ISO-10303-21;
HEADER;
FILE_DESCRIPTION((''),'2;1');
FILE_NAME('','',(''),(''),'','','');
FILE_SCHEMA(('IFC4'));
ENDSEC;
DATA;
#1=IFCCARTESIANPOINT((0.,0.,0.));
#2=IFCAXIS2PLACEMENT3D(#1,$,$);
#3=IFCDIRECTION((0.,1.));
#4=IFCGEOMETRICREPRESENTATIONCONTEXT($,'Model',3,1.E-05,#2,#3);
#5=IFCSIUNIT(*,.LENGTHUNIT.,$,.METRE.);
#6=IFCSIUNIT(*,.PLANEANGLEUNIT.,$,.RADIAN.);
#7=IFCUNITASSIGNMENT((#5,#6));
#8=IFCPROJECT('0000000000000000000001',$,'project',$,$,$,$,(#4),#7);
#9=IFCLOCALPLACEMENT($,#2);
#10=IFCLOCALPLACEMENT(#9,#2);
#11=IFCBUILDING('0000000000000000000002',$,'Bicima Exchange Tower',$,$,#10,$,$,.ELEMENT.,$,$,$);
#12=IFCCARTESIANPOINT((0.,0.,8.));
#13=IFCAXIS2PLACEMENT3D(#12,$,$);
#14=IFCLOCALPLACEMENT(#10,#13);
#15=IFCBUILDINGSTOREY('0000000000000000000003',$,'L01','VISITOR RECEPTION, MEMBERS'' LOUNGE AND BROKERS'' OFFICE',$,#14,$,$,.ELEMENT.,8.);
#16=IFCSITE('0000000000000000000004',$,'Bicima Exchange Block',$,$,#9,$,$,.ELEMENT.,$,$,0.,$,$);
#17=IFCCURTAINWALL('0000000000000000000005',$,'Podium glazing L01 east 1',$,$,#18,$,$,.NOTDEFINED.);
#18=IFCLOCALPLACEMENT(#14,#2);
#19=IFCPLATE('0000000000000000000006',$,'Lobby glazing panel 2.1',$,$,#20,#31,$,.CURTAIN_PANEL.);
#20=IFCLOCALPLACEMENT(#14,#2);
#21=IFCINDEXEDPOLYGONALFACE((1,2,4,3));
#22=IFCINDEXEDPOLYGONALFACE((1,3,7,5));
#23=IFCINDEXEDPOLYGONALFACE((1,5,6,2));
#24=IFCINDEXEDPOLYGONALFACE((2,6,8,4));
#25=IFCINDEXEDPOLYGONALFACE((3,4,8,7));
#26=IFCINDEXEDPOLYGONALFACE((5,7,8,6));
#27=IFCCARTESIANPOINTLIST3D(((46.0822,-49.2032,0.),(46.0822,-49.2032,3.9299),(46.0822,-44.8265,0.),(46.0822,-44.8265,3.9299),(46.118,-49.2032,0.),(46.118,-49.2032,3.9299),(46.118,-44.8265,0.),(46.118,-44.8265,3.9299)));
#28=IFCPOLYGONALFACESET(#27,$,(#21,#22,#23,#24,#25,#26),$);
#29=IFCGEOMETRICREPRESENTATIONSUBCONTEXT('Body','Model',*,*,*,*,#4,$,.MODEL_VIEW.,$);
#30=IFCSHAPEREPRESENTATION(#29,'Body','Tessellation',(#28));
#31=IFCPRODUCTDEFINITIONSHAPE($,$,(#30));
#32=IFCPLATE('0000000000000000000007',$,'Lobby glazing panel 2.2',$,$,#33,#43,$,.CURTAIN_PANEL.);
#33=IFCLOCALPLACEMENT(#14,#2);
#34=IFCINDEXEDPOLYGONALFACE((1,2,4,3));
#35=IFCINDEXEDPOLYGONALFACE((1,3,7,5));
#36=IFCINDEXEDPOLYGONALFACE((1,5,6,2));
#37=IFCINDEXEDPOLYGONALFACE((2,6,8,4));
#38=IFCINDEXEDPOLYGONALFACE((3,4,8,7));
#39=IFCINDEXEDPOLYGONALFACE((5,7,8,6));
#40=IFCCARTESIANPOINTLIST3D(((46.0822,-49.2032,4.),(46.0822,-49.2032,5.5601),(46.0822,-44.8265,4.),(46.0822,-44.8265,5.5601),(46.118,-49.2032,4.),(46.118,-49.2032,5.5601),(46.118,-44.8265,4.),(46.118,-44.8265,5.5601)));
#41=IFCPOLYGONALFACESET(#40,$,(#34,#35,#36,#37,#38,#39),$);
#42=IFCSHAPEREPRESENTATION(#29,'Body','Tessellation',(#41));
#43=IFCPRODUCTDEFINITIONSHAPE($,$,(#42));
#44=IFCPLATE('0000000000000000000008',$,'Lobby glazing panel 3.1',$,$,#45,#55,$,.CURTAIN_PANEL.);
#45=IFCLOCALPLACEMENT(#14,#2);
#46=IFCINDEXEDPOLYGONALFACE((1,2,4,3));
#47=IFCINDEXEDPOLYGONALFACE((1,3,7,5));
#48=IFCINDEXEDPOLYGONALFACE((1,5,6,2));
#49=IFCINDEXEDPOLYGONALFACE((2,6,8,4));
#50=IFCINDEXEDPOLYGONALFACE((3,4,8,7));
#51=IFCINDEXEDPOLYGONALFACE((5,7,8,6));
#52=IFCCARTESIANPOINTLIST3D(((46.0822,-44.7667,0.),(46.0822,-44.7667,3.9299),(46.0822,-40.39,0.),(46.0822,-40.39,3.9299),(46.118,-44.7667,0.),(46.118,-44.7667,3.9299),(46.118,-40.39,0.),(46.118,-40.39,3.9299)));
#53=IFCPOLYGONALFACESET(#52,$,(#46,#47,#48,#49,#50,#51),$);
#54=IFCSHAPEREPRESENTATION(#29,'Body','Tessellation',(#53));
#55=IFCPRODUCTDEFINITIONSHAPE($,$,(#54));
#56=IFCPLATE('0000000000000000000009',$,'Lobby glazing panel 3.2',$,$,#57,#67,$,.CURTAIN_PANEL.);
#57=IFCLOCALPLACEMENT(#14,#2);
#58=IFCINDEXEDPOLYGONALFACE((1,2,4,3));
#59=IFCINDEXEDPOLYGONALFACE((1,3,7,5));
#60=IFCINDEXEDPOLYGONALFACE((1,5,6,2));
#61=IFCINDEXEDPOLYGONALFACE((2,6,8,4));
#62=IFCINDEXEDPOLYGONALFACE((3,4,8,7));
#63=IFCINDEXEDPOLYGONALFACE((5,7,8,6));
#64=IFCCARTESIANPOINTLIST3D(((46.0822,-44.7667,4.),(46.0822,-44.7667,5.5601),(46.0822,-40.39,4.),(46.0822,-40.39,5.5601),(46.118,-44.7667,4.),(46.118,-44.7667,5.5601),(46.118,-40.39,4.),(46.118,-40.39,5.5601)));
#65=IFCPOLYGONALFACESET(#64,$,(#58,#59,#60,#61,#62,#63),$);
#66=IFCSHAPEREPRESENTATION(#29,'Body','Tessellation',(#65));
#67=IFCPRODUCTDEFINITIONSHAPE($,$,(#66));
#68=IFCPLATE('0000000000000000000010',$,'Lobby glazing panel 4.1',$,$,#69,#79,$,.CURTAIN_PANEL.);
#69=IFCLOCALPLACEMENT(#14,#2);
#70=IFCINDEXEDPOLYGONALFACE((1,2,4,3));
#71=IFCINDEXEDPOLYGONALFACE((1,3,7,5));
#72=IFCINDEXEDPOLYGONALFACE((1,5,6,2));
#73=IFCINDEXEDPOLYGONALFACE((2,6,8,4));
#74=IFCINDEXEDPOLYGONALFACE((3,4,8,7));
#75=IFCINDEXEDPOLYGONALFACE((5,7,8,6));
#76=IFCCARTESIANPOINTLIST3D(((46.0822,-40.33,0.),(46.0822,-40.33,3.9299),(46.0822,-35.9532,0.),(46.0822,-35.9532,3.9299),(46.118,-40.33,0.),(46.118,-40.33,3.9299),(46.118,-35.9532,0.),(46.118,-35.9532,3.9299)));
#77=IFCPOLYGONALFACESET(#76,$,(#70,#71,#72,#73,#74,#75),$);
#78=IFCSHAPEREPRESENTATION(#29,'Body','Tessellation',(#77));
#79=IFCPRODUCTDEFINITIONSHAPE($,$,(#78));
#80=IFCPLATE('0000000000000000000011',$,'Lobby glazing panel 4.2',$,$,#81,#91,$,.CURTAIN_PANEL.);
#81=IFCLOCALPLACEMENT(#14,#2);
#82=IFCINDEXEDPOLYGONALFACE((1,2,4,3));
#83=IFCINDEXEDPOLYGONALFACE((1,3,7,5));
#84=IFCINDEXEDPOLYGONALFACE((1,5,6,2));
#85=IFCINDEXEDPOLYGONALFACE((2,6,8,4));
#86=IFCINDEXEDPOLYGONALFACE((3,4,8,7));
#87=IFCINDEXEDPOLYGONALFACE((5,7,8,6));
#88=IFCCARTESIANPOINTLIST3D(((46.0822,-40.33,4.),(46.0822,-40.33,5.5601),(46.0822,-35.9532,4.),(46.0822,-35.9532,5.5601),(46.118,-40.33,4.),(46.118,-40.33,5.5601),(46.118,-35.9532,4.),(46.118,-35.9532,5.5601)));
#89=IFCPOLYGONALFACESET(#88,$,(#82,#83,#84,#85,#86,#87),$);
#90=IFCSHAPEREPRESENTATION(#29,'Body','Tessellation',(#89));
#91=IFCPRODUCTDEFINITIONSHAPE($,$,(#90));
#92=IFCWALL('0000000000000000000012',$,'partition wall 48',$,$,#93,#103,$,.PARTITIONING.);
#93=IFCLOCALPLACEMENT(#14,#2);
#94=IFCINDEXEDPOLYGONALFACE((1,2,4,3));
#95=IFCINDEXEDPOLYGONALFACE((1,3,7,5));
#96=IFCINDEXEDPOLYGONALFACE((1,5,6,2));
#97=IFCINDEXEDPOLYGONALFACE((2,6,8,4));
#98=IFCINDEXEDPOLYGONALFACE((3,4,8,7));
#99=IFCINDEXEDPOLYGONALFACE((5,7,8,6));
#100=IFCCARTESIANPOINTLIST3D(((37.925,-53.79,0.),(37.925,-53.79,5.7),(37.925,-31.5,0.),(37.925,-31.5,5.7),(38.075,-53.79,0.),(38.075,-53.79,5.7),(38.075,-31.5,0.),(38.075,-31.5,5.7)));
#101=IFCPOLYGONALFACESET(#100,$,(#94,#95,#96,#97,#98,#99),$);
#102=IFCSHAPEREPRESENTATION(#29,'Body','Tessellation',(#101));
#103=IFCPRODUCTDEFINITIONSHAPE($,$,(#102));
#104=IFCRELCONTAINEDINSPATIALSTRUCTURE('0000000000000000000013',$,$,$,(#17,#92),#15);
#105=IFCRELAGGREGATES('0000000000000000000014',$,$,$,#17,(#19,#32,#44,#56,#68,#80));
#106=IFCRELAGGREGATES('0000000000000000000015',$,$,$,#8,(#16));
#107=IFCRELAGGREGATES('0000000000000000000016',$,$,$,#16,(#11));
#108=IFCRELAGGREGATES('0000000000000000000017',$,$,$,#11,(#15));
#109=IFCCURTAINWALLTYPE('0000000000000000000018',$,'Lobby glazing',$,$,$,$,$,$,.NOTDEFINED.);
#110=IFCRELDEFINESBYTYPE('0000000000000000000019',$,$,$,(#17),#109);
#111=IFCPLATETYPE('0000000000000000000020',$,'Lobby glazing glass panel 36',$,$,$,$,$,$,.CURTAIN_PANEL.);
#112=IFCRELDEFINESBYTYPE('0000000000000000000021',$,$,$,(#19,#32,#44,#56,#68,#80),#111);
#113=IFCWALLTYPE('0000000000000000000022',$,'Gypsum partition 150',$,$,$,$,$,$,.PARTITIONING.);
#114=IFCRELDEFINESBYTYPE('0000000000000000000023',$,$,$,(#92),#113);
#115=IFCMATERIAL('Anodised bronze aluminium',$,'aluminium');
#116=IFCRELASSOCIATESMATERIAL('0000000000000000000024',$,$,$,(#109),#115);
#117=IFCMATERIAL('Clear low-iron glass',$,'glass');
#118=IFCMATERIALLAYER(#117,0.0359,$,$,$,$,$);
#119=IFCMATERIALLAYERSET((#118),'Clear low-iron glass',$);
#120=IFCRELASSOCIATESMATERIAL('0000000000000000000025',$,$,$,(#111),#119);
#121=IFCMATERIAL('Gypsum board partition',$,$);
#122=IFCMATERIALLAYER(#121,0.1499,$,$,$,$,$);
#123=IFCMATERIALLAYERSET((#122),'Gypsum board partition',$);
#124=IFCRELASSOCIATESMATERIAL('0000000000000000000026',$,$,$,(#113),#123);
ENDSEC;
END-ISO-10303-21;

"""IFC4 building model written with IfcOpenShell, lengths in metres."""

from ifc_helpers import new_model, si_unit, direction, frame, frame_2d, origin, origin_2d, place, context, subcontext, project, spatial, rectangle, extrude, material, layer, layer_set, type_object, element, aggregate, save


model = new_model("IFC4")

# Units and contexts
model_context = context("Model", 3, precision=1e-05, world=origin(), true_north=direction((0.0, 1.0)))
body_context = subcontext(model_context, "Body", "Model", "MODEL_VIEW")
ifc_project = project(units=[si_unit("LENGTHUNIT", "METRE"), si_unit("PLANEANGLEUNIT", "RADIAN")], contexts=[model_context])

# Site, building, storey
site_placement = place(None, origin())
site = spatial("IfcSite", under=ifc_project, at=site_placement, Name="Bicima Exchange Block", CompositionType="ELEMENT", RefElevation=0.0)
building_placement = place(site_placement, origin())
building = spatial("IfcBuilding", under=site, at=building_placement, Name="Bicima Exchange Tower", CompositionType="ELEMENT")
storey_placement = place(building_placement, frame((0.0, 0.0, 8.0)))
storey = spatial("IfcBuildingStorey", under=building, at=storey_placement, Name="L01", Description="VISITOR RECEPTION, MEMBERS' LOUNGE AND BROKERS' OFFICE", CompositionType="ELEMENT", Elevation=8.0)

# Curtain wall
ifc_material_1 = material(Name="Anodised bronze aluminium", Category="aluminium")
curtain_wall_type_1 = type_object("IfcCurtainWallType", Name="Lobby glazing", PredefinedType="NOTDEFINED", material=ifc_material_1)
curtain_wall_1_placement = place(storey_placement, origin())
curtain_wall_1 = element("IfcCurtainWall", 1, at=curtain_wall_1_placement, inside=storey, type_object=curtain_wall_type_1, Name="Podium glazing L01 east 1", PredefinedType="NOTDEFINED")

# Plates
ifc_material_2 = material(Name="Clear low-iron glass", Category="glass")
ifc_layer_1 = layer(ifc_material_2, 0.0359)
ifc_layer_set_1 = layer_set([ifc_layer_1], Name="Clear low-iron glass")
plate_type_1 = type_object("IfcPlateType", Name="Lobby glazing glass panel 36", PredefinedType="CURTAIN_PANEL", material=ifc_layer_set_1)
plate_1_placement = place(storey_placement, frame((46.1001, -47.0149, 0.0), z_axis=(0.0, 0.0, 1.0), x_axis=(0.0, 1.0, 0.0)))
plate_1 = element("IfcPlate", 2, at=plate_1_placement, type_object=plate_type_1, Name="Lobby glazing panel 2.1", PredefinedType="CURTAIN_PANEL", context=body_context, shape_type="SweptSolid", body=[
    extrude(rectangle(XDim=4.3767, YDim=0.0359, at=origin_2d()), origin(), (0.0, 0.0, 1.0), 3.9299),
])
plate_2_placement = place(storey_placement, frame((46.1001, -47.0149, 4.0), z_axis=(0.0, 0.0, 1.0), x_axis=(0.0, 1.0, 0.0)))
plate_2 = element("IfcPlate", 3, at=plate_2_placement, type_object=plate_type_1, Name="Lobby glazing panel 2.2", PredefinedType="CURTAIN_PANEL", context=body_context, shape_type="SweptSolid", body=[
    extrude(rectangle(XDim=4.3767, YDim=0.0359, at=origin_2d()), origin(), (0.0, 0.0, 1.0), 1.5601),
])
plate_3_placement = place(storey_placement, frame((46.1001, -42.5784, 0.0), z_axis=(0.0, 0.0, 1.0), x_axis=(0.0, 1.0, 0.0)))
plate_3 = element("IfcPlate", 4, at=plate_3_placement, type_object=plate_type_1, Name="Lobby glazing panel 3.1", PredefinedType="CURTAIN_PANEL", context=body_context, shape_type="SweptSolid", body=[
    extrude(rectangle(XDim=4.3767, YDim=0.0359, at=origin_2d()), origin(), (0.0, 0.0, 1.0), 3.9299),
])
plate_4_placement = place(storey_placement, frame((46.1001, -42.5784, 4.0), z_axis=(0.0, 0.0, 1.0), x_axis=(0.0, 1.0, 0.0)))
plate_4 = element("IfcPlate", 5, at=plate_4_placement, type_object=plate_type_1, Name="Lobby glazing panel 3.2", PredefinedType="CURTAIN_PANEL", context=body_context, shape_type="SweptSolid", body=[
    extrude(rectangle(XDim=4.3767, YDim=0.0359, at=origin_2d()), origin(), (0.0, 0.0, 1.0), 1.5601),
])
plate_5_placement = place(storey_placement, frame((46.1001, -38.1416, 0.0), z_axis=(0.0, 0.0, 1.0), x_axis=(0.0, 1.0, 0.0)))
plate_5 = element("IfcPlate", 6, at=plate_5_placement, type_object=plate_type_1, Name="Lobby glazing panel 4.1", PredefinedType="CURTAIN_PANEL", context=body_context, shape_type="SweptSolid", body=[
    extrude(rectangle(XDim=4.3767, YDim=0.0359, at=origin_2d()), origin(), (0.0, 0.0, 1.0), 3.9299),
])
plate_6_placement = place(storey_placement, frame((46.1001, -38.1416, 4.0), z_axis=(0.0, 0.0, 1.0), x_axis=(0.0, 1.0, 0.0)))
plate_6 = element("IfcPlate", 7, at=plate_6_placement, type_object=plate_type_1, Name="Lobby glazing panel 4.2", PredefinedType="CURTAIN_PANEL", context=body_context, shape_type="SweptSolid", body=[
    extrude(rectangle(XDim=4.3767, YDim=0.0359, at=origin_2d()), origin(), (0.0, 0.0, 1.0), 1.5601),
])
aggregate(curtain_wall_1, [plate_1, plate_2, plate_3, plate_4, plate_5, plate_6])

# Wall
ifc_material_3 = material(Name="Gypsum board partition")
ifc_layer_2 = layer(ifc_material_3, 0.1499)
ifc_layer_set_2 = layer_set([ifc_layer_2], Name="Gypsum board partition")
wall_type = type_object("IfcWallType", Name="Gypsum partition 150", PredefinedType="PARTITIONING", material=ifc_layer_set_2)
wall_placement = place(storey_placement, frame((38.0, -53.79, 0.0), z_axis=(0.0, 0.0, 1.0), x_axis=(0.0, 1.0, 0.0)))
element("IfcWall", 8, at=wall_placement, inside=storey, type_object=wall_type, Name="partition wall 48", PredefinedType="PARTITIONING", context=body_context, shape_type="SweptSolid", body=[
    extrude(rectangle(XDim=22.29, YDim=0.1499, at=frame_2d((11.145, 0.0))), origin(), (0.0, 0.0, 1.0), 5.7),
])

save(model, "model.ifc")
